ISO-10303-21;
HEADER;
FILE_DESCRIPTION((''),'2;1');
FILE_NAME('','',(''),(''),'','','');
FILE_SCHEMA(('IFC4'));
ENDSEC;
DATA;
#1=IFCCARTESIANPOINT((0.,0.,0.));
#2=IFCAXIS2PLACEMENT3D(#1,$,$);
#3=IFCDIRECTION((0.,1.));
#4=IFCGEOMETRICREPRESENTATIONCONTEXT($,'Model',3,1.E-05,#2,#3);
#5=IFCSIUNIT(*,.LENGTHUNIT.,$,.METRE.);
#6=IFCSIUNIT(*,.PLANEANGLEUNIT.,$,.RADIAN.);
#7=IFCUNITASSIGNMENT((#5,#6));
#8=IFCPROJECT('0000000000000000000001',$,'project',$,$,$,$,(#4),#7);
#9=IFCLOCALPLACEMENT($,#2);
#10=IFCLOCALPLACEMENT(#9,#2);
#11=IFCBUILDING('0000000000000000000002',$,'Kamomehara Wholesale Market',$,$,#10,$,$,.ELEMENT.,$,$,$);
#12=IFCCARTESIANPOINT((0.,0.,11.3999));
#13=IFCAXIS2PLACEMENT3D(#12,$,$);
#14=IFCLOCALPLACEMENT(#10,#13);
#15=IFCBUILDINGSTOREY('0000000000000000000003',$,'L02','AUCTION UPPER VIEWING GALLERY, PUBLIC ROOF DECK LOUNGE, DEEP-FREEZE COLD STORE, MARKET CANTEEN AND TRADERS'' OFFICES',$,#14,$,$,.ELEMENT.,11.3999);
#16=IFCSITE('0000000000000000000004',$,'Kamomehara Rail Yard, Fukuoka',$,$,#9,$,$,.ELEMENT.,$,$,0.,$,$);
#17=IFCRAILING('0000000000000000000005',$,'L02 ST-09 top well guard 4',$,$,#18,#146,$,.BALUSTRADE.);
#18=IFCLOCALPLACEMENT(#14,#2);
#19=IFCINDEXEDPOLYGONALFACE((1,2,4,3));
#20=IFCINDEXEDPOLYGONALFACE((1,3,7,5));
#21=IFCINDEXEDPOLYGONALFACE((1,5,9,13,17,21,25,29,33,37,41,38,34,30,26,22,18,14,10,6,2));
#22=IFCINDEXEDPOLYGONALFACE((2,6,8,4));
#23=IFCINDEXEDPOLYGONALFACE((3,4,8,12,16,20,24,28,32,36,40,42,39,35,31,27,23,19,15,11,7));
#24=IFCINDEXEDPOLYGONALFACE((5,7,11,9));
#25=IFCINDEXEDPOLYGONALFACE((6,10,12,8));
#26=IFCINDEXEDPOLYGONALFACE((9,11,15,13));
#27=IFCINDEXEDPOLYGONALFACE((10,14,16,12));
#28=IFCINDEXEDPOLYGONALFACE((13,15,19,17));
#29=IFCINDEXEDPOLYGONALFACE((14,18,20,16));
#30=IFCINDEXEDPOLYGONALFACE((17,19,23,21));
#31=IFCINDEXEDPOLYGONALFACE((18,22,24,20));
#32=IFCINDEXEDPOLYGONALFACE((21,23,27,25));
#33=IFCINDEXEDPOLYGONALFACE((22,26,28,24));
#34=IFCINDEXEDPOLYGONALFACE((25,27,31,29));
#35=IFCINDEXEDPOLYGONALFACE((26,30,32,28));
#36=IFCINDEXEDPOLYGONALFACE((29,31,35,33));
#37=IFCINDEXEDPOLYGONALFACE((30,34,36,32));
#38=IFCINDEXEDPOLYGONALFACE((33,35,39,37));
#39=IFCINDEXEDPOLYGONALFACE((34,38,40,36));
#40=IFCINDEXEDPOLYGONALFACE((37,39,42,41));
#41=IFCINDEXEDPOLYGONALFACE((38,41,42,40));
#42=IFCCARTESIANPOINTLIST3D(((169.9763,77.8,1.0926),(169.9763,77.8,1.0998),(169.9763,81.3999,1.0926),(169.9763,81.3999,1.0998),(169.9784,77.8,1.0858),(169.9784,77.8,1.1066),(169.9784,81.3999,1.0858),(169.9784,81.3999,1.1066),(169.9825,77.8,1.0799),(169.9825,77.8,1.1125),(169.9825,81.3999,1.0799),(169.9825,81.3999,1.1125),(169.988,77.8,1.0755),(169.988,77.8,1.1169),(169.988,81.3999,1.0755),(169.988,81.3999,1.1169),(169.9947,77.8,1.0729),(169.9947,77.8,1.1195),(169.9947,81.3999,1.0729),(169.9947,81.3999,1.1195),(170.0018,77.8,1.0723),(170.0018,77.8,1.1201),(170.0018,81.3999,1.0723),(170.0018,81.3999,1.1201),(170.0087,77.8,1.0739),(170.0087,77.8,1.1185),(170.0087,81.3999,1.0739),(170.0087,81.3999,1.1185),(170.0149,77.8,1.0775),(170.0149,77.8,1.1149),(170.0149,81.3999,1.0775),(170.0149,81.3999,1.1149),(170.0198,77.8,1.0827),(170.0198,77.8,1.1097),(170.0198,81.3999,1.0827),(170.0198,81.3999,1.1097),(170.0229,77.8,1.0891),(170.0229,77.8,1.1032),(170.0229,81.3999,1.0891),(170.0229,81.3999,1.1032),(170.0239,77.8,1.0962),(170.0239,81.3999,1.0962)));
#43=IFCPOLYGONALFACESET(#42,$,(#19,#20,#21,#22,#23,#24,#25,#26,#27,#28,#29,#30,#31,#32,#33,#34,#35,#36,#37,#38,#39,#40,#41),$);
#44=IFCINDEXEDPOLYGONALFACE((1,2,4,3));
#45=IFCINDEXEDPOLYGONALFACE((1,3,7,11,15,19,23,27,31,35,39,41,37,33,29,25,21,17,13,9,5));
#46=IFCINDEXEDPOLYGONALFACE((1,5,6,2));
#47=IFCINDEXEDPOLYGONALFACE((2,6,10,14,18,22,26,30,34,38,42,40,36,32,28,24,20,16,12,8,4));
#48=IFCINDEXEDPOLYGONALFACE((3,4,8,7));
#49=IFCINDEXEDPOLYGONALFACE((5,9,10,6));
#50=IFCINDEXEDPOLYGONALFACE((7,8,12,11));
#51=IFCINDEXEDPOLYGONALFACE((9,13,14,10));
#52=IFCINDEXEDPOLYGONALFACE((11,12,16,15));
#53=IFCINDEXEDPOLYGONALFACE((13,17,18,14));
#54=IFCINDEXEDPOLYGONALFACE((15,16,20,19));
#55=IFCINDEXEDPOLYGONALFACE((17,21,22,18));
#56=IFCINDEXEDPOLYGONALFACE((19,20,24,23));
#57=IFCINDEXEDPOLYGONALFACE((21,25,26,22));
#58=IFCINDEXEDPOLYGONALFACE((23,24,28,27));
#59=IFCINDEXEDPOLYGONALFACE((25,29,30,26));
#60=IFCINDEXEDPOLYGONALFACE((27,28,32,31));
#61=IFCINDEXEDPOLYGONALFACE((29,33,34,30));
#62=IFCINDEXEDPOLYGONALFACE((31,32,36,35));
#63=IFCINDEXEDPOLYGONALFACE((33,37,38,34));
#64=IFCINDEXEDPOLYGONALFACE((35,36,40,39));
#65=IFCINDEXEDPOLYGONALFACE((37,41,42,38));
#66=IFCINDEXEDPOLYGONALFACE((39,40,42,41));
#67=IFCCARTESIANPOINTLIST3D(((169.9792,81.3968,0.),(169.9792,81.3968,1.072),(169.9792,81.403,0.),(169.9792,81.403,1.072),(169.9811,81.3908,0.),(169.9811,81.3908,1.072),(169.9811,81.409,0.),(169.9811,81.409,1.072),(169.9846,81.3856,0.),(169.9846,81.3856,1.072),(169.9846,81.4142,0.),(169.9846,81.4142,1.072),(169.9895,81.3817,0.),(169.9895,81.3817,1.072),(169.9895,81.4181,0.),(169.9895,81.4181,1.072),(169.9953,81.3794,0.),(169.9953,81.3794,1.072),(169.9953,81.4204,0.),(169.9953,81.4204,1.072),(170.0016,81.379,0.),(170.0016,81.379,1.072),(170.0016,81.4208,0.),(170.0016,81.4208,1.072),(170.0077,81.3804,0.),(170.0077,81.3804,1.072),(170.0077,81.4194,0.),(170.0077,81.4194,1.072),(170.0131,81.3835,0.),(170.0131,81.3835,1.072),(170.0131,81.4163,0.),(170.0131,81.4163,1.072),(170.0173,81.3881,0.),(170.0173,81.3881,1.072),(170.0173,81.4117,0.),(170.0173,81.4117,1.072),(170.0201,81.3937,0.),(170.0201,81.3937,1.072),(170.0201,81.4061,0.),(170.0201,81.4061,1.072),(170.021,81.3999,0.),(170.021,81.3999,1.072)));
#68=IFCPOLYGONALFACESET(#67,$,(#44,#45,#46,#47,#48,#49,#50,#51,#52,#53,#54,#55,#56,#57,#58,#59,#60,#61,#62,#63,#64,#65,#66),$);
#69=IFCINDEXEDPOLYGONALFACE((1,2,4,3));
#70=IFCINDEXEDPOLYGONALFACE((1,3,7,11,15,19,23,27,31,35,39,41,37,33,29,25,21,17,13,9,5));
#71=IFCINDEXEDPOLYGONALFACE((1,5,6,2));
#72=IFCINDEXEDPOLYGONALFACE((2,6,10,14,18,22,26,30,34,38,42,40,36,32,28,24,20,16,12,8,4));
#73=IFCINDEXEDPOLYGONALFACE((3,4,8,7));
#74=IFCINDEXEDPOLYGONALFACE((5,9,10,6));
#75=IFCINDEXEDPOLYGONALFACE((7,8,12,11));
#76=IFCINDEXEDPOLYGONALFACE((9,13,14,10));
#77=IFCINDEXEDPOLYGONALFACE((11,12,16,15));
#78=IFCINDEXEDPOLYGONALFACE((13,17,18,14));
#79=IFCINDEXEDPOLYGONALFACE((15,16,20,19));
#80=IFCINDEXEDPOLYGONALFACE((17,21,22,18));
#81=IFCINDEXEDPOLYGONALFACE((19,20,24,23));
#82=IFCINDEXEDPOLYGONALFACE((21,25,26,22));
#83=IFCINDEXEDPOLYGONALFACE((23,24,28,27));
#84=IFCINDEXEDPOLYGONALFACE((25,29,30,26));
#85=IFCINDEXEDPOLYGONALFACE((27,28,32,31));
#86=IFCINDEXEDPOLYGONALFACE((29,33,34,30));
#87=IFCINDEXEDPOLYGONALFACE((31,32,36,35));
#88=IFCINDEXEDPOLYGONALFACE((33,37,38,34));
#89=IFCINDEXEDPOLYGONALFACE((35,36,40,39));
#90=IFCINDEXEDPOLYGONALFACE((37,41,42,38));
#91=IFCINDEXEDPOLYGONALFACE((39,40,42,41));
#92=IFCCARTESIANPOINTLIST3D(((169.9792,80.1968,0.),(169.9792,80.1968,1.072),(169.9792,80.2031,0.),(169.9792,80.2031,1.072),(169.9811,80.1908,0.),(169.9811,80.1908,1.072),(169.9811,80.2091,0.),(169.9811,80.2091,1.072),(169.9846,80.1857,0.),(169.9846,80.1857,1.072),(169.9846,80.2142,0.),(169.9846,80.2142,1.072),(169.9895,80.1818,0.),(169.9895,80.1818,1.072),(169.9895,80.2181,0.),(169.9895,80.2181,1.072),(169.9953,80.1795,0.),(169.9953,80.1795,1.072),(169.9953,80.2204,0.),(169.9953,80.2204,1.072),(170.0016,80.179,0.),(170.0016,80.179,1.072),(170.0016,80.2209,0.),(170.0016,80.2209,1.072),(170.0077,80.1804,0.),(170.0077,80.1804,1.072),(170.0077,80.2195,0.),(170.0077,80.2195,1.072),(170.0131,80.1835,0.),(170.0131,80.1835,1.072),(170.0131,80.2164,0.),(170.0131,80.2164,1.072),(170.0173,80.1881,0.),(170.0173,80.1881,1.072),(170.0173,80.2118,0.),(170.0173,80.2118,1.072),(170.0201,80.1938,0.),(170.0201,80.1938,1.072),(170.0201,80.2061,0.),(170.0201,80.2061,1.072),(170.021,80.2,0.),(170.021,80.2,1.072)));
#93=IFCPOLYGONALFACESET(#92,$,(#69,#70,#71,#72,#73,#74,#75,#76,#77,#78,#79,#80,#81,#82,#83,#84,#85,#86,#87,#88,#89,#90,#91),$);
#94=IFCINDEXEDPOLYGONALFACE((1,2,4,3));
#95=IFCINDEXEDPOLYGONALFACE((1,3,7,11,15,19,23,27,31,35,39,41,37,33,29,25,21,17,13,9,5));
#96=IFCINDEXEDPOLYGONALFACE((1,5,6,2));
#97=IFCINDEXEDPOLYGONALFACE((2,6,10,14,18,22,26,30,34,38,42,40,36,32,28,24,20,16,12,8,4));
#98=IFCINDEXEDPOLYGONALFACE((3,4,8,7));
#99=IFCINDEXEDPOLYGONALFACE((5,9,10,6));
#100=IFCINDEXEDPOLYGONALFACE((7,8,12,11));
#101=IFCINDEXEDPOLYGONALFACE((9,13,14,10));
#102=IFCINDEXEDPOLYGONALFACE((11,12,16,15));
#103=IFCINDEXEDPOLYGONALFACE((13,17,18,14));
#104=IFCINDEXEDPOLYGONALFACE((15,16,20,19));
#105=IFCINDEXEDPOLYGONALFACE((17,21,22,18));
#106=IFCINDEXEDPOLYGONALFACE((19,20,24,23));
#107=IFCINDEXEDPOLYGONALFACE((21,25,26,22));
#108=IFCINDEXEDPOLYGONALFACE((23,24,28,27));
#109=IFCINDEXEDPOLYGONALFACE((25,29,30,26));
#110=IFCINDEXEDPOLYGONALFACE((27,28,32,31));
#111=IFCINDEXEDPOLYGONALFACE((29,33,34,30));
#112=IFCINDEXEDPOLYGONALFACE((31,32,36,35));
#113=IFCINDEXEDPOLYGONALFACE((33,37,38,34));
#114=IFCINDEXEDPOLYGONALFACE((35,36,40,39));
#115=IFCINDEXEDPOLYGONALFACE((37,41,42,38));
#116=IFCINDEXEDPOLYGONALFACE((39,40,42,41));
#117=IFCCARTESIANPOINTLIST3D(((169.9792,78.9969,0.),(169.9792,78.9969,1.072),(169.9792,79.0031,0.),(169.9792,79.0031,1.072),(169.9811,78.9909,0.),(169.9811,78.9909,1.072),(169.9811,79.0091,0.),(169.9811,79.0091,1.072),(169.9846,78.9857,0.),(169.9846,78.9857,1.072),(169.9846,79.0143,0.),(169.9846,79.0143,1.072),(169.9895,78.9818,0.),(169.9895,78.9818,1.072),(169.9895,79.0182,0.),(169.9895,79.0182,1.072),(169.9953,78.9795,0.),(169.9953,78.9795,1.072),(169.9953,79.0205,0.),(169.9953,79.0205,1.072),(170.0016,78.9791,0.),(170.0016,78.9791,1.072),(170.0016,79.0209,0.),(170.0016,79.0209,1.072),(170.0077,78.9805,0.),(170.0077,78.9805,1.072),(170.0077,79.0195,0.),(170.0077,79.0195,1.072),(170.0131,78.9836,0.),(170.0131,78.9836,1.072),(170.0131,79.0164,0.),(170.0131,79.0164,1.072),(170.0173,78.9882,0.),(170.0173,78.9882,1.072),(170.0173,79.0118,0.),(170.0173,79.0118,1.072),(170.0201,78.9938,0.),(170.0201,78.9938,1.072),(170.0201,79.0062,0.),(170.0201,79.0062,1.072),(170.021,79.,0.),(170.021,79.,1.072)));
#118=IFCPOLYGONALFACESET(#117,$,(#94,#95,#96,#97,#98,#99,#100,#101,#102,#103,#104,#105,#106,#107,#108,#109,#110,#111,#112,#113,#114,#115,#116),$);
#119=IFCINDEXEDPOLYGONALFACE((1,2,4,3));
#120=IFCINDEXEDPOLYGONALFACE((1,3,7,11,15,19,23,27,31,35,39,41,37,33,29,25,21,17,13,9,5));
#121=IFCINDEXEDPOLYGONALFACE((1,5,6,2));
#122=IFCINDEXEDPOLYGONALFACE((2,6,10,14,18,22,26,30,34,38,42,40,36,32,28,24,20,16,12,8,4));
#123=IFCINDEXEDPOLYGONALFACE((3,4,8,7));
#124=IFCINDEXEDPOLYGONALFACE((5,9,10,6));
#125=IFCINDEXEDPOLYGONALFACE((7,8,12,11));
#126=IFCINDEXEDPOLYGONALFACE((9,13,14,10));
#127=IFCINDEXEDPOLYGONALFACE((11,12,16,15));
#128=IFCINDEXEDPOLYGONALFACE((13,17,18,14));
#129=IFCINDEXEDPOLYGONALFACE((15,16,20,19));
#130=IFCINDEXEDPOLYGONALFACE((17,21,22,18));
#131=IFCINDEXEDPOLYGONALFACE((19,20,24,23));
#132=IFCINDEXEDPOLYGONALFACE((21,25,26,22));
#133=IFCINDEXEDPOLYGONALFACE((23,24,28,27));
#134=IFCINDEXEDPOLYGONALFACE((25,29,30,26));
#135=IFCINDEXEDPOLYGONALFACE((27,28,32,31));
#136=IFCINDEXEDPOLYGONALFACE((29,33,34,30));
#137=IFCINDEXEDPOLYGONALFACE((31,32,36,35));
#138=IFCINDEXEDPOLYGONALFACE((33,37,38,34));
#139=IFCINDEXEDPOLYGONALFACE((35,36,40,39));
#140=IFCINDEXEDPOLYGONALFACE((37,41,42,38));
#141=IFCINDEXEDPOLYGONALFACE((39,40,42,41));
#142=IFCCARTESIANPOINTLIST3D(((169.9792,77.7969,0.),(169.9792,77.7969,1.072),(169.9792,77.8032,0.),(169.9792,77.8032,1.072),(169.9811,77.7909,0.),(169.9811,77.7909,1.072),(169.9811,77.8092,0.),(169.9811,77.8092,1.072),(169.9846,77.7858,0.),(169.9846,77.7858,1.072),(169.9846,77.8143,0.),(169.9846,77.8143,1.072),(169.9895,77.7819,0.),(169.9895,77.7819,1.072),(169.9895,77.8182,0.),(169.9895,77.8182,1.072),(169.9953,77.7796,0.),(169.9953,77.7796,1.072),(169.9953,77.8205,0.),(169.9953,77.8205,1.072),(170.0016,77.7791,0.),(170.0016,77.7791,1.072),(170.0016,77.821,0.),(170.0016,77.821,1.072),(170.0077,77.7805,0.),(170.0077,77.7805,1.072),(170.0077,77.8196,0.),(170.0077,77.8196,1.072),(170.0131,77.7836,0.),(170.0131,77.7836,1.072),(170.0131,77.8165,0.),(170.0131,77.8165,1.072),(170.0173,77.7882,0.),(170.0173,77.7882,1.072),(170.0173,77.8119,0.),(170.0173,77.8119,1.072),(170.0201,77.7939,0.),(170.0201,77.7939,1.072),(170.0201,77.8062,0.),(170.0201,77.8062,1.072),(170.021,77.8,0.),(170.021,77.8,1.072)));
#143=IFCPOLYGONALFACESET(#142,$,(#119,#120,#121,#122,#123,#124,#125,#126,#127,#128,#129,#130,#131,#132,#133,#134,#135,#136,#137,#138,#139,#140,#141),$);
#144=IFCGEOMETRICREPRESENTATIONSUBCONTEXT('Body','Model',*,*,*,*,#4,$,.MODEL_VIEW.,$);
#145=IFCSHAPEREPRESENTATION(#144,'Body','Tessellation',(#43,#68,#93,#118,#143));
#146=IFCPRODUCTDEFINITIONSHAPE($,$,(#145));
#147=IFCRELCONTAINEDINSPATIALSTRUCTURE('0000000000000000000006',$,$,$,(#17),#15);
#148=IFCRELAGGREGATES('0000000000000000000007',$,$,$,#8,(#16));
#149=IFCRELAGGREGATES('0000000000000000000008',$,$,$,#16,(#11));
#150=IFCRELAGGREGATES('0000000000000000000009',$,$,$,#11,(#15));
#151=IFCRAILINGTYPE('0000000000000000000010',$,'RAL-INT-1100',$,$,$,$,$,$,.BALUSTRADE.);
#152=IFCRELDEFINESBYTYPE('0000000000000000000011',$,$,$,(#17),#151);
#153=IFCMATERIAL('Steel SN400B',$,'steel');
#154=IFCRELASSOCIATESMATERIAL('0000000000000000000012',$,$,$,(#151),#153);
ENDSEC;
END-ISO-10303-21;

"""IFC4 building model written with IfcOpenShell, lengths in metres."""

from ifc_helpers import new_model, si_unit, direction, frame, origin, origin_2d, place, context, subcontext, project, spatial, circle, extrude, material, type_object, element, save


model = new_model("IFC4")

# Units and contexts
model_context = context("Model", 3, precision=1e-05, world=origin(), true_north=direction((0.0, 1.0)))
body_context = subcontext(model_context, "Body", "Model", "MODEL_VIEW")
ifc_project = project(units=[si_unit("LENGTHUNIT", "METRE"), si_unit("PLANEANGLEUNIT", "RADIAN")], contexts=[model_context])

# Site, building, storey
site_placement = place(None, origin())
site = spatial("IfcSite", under=ifc_project, at=site_placement, Name="Kamomehara Rail Yard, Fukuoka", CompositionType="ELEMENT", RefElevation=0.0)
building_placement = place(site_placement, origin())
building = spatial("IfcBuilding", under=site, at=building_placement, Name="Kamomehara Wholesale Market", CompositionType="ELEMENT")
storey_placement = place(building_placement, frame((0.0, 0.0, 11.3999)))
storey = spatial("IfcBuildingStorey", under=building, at=storey_placement, Name="L02", Description="AUCTION UPPER VIEWING GALLERY, PUBLIC ROOF DECK LOUNGE, DEEP-FREEZE COLD STORE, MARKET CANTEEN AND TRADERS' OFFICES", CompositionType="ELEMENT", Elevation=11.3999)

# Railing
ifc_material_1 = material(Name="Steel SN400B", Category="steel")
railing_type = type_object("IfcRailingType", Name="RAL-INT-1100", PredefinedType="BALUSTRADE", material=ifc_material_1)
railing_1_placement = place(storey_placement, frame((170.0, 81.3999, 0.0)))
element("IfcRailing", 1, at=railing_1_placement, inside=storey, type_object=railing_type, Name="L02 ST-09 top well guard 4", PredefinedType="BALUSTRADE", context=body_context, shape_type="SweptSolid", body=[
    extrude(circle(Radius=0.0239, at=origin_2d()), frame((0.0, 0.0, 1.0962), z_axis=(0.0, -1.0, 0.0), x_axis=(1.0, 0.0, 0.0)), (0.0, 0.0, 1.0), 3.5999),
    extrude(circle(Radius=0.021, at=origin_2d()), origin(), (0.0, 0.0, 1.0), 1.072),
    extrude(circle(Radius=0.021, at=origin_2d()), frame((0.0, -1.2, 0.0)), (0.0, 0.0, 1.0), 1.072),
    extrude(circle(Radius=0.021, at=origin_2d()), frame((0.0, -2.3999, 0.0)), (0.0, 0.0, 1.0), 1.072),
    extrude(circle(Radius=0.021, at=origin_2d()), frame((0.0, -3.5999, 0.0)), (0.0, 0.0, 1.0), 1.072),
])

save(model, "model.ifc")
